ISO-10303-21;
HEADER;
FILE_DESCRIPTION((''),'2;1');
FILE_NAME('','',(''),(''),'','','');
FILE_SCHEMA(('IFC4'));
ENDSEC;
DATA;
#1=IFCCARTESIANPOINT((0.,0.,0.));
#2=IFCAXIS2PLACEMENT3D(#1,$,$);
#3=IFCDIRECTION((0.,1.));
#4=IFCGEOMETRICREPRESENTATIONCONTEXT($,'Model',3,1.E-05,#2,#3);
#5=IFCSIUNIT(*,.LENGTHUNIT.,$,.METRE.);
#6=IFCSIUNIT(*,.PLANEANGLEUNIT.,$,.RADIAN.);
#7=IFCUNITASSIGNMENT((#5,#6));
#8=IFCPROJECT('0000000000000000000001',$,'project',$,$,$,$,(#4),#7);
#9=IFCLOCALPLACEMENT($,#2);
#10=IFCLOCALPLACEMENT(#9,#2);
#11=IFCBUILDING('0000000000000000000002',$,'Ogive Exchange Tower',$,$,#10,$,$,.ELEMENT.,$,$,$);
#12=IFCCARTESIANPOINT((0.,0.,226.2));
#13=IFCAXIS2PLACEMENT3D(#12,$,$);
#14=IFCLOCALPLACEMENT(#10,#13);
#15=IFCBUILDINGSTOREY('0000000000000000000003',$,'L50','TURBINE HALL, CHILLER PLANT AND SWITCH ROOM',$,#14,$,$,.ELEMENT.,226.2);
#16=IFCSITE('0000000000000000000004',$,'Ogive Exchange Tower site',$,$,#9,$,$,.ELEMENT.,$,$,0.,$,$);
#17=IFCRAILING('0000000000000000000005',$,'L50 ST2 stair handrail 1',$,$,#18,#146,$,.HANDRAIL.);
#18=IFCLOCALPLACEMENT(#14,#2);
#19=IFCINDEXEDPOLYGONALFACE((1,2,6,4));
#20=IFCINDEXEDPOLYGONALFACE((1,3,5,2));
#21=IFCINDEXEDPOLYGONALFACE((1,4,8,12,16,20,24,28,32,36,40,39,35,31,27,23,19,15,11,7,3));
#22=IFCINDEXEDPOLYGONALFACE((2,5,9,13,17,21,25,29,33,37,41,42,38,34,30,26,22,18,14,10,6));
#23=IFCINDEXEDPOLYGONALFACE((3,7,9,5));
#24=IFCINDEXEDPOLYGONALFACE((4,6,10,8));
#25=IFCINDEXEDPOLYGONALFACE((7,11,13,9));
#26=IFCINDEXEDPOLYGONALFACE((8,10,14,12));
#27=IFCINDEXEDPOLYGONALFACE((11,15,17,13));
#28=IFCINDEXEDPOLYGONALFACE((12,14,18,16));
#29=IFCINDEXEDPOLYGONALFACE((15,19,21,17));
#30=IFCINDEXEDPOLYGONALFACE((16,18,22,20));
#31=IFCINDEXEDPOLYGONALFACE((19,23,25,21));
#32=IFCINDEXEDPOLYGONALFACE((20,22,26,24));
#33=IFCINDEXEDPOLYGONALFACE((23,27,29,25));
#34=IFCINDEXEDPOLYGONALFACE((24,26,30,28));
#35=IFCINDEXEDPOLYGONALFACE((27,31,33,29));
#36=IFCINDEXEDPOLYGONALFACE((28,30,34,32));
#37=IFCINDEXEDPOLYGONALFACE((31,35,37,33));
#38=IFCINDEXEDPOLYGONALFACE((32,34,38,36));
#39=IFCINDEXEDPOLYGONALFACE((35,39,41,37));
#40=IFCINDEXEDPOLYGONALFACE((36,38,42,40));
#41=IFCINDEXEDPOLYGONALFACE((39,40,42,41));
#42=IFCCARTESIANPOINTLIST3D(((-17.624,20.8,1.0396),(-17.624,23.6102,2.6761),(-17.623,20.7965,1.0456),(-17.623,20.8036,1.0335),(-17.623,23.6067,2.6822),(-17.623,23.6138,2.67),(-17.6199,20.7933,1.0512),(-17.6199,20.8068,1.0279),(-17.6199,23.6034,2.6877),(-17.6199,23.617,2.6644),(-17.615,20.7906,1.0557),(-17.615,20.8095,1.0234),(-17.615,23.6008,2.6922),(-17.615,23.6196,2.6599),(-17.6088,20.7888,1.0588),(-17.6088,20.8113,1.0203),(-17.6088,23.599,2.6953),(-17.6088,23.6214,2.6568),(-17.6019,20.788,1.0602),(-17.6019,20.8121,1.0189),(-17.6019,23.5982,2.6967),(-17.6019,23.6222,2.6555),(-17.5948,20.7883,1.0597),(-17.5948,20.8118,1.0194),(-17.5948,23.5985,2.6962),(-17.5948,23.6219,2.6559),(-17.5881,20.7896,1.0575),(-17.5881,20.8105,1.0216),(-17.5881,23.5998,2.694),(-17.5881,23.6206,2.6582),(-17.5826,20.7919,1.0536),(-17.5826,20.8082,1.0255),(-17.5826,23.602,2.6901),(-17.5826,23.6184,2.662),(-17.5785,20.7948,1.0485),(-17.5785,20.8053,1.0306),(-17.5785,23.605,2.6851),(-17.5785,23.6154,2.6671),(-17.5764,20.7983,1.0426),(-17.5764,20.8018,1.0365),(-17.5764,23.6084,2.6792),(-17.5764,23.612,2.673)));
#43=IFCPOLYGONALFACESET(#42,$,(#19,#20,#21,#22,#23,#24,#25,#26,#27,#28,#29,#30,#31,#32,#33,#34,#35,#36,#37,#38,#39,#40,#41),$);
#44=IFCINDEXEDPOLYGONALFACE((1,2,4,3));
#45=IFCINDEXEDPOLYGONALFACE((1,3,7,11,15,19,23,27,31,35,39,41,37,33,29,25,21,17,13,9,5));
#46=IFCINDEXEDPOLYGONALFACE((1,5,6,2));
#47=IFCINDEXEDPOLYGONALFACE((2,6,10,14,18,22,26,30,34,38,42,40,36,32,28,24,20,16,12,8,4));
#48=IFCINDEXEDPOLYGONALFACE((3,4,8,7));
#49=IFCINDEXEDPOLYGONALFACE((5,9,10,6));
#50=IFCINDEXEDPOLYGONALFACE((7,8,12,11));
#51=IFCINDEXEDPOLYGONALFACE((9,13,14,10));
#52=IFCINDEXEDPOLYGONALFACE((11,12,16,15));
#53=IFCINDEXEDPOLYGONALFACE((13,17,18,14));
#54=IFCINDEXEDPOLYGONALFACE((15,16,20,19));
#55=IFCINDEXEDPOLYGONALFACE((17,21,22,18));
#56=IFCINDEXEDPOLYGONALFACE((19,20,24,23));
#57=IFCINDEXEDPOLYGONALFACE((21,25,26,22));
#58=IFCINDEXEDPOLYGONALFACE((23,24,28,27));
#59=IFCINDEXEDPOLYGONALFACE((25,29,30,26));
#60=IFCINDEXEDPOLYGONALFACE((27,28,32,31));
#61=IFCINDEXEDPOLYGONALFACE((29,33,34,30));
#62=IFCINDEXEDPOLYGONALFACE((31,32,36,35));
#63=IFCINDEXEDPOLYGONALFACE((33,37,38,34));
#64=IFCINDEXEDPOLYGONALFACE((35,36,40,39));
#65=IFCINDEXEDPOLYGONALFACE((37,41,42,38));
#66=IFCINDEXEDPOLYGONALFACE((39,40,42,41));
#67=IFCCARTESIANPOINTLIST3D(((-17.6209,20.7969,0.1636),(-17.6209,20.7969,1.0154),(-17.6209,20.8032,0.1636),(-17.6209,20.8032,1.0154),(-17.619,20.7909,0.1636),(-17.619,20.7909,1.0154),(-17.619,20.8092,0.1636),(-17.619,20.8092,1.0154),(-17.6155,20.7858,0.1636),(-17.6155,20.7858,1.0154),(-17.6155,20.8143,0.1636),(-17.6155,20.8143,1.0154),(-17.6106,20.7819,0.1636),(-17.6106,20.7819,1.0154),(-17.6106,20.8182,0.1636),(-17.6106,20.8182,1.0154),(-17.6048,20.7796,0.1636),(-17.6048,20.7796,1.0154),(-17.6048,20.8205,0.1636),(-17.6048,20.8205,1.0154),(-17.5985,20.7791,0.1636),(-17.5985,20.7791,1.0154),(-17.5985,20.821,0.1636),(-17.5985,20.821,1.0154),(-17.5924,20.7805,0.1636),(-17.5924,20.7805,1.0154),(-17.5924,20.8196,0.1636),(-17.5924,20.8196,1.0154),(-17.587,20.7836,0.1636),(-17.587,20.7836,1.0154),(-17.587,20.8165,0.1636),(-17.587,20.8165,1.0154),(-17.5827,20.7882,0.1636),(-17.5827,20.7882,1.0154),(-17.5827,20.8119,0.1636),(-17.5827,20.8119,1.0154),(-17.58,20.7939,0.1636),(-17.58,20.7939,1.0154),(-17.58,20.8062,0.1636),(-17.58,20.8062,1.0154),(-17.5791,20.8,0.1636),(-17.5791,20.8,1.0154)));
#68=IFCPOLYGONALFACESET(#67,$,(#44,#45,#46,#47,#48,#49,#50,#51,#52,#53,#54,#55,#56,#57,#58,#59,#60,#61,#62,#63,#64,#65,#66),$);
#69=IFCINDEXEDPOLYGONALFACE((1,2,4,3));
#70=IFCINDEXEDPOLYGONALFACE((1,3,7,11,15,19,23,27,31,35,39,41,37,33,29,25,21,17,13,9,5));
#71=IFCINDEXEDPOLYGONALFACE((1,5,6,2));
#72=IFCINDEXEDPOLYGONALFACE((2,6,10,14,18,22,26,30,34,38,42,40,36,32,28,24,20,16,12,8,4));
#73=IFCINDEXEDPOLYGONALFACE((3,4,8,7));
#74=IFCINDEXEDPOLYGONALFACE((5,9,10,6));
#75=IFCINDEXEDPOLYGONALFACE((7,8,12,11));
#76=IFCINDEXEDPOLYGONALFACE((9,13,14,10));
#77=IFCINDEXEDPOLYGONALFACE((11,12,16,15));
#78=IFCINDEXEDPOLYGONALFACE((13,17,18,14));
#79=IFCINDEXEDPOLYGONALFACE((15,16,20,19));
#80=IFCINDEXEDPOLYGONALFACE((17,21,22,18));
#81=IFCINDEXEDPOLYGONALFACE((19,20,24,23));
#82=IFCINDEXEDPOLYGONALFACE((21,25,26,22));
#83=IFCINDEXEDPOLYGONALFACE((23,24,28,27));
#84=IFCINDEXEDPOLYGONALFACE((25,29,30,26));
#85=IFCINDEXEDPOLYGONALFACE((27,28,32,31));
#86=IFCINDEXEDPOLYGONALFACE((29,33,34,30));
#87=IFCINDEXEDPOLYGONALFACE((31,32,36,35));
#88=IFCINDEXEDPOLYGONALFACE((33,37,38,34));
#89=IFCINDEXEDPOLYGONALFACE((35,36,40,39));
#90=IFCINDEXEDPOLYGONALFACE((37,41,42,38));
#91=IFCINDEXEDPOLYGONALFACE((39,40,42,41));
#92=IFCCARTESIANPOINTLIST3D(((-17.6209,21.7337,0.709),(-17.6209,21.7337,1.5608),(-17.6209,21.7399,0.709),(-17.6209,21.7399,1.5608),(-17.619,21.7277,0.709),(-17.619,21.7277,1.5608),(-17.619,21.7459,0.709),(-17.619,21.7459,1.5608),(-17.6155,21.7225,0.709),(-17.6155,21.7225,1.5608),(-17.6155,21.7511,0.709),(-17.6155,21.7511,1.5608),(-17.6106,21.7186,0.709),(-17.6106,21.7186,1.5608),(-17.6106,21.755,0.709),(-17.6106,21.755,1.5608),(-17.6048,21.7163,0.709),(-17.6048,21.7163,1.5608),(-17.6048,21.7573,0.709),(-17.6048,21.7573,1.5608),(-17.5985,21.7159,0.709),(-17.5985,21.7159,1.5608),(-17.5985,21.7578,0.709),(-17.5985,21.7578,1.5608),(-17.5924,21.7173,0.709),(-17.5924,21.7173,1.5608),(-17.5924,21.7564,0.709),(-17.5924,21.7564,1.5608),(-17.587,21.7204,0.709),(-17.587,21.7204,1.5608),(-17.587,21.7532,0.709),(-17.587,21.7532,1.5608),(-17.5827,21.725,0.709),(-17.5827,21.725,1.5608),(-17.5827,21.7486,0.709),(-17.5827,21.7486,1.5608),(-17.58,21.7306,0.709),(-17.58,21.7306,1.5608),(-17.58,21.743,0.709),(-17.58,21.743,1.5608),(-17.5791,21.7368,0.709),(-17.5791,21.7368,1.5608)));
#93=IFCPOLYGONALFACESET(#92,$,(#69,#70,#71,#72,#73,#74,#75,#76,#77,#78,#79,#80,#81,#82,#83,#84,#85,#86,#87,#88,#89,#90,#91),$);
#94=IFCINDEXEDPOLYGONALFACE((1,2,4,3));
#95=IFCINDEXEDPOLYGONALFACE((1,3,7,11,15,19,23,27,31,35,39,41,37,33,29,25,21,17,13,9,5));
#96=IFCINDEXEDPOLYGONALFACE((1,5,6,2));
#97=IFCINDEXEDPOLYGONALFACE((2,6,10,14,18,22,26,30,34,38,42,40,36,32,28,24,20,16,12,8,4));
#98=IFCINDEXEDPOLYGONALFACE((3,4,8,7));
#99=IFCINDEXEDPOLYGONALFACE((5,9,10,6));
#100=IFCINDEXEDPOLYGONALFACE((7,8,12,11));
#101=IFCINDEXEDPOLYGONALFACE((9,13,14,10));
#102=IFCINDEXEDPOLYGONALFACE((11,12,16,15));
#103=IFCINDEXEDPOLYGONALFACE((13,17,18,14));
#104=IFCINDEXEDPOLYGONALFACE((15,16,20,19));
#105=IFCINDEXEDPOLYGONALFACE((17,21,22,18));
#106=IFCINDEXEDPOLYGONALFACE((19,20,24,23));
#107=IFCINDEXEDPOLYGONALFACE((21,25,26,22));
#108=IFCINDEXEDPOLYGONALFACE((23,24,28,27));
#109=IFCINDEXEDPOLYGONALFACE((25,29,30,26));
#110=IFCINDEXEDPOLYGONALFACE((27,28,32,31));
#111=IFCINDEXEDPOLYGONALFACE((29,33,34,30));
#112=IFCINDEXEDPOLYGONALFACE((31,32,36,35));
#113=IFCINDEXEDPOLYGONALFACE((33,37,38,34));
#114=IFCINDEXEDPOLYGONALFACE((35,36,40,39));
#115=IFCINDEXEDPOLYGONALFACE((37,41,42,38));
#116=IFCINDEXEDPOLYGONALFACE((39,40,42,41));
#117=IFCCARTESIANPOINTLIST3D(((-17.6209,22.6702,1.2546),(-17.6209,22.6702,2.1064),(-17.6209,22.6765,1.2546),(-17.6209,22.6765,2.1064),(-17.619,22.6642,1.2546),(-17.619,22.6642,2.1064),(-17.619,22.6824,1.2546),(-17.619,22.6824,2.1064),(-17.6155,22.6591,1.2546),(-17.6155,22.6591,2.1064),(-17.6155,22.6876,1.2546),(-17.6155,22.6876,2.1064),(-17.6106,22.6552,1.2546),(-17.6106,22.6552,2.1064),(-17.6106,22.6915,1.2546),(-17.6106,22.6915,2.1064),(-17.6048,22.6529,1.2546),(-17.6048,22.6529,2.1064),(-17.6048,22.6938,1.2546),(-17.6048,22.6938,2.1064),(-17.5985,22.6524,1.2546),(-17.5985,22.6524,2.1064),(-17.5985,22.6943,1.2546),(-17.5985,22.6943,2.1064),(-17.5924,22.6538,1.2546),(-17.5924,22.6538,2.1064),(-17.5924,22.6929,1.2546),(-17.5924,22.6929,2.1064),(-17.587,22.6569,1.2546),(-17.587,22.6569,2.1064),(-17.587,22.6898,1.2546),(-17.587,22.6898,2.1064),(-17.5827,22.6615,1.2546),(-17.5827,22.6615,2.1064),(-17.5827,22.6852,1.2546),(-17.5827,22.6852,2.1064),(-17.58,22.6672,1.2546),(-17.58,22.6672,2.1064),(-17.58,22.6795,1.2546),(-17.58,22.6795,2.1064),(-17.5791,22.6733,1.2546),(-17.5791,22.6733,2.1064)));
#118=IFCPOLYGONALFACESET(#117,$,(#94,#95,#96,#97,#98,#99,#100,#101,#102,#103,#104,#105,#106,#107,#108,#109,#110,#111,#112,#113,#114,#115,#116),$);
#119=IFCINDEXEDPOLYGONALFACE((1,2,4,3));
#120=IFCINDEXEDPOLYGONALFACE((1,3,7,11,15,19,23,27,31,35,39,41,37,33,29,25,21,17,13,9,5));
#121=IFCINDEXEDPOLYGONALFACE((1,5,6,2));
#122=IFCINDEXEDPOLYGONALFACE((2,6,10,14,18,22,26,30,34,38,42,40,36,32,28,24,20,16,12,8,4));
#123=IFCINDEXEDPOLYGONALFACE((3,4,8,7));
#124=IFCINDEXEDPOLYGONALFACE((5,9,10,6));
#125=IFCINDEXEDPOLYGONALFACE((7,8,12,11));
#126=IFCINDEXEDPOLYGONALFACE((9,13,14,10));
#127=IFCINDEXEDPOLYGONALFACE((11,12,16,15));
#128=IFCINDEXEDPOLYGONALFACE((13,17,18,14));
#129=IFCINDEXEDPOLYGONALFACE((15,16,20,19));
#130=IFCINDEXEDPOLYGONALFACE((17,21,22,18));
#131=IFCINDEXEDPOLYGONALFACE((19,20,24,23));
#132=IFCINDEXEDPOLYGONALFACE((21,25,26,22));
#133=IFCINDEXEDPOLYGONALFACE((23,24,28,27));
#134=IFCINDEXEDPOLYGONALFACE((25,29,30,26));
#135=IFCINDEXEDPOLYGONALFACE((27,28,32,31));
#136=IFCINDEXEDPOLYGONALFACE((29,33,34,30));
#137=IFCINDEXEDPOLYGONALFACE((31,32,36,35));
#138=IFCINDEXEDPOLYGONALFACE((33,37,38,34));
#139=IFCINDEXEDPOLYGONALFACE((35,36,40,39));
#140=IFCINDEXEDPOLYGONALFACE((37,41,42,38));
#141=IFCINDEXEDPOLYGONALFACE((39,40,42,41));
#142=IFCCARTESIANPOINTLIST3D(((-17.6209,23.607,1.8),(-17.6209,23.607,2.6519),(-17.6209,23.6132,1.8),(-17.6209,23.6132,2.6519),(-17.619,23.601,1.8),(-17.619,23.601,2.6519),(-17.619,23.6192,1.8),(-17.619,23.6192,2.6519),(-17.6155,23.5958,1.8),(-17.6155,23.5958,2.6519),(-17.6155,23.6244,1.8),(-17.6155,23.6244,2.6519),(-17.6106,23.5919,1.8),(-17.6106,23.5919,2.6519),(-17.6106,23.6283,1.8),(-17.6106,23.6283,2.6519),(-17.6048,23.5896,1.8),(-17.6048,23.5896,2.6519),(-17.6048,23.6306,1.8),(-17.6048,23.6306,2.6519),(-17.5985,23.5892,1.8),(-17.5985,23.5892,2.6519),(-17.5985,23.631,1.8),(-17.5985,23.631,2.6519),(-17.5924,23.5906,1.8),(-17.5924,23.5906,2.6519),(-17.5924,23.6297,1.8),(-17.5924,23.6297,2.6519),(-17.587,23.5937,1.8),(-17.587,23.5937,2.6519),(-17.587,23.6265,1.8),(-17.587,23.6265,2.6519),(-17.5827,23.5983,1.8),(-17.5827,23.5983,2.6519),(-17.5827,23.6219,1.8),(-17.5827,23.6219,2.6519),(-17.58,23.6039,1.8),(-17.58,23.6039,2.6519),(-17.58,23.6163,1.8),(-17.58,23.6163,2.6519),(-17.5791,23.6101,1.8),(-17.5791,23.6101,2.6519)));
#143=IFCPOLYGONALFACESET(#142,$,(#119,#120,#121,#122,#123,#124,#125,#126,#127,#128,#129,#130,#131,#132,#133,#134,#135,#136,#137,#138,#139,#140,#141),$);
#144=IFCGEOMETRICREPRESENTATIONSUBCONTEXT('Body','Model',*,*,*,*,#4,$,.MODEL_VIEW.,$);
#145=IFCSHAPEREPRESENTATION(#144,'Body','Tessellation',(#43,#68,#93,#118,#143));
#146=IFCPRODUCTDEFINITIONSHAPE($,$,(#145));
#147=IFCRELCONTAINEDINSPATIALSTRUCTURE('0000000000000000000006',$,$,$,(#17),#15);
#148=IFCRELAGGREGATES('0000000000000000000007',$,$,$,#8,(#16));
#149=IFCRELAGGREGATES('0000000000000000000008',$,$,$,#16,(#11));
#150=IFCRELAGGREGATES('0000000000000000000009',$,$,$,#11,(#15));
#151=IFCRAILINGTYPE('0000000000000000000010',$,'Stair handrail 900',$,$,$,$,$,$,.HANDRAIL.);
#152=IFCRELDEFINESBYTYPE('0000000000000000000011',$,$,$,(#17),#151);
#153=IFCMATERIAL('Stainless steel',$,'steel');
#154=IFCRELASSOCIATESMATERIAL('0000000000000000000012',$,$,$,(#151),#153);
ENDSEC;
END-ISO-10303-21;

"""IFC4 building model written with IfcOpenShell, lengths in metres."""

from ifc_helpers import new_model, si_unit, direction, frame, origin, origin_2d, place, context, subcontext, project, spatial, circle, extrude, material, type_object, element, save


model = new_model("IFC4")

# Units and contexts
model_context = context("Model", 3, precision=1e-05, world=origin(), true_north=direction((0.0, 1.0)))
body_context = subcontext(model_context, "Body", "Model", "MODEL_VIEW")
ifc_project = project(units=[si_unit("LENGTHUNIT", "METRE"), si_unit("PLANEANGLEUNIT", "RADIAN")], contexts=[model_context])

# Site, building, storey
site_placement = place(None, origin())
site = spatial("IfcSite", under=ifc_project, at=site_placement, Name="Ogive Exchange Tower site", CompositionType="ELEMENT", RefElevation=0.0)
building_placement = place(site_placement, origin())
building = spatial("IfcBuilding", under=site, at=building_placement, Name="Ogive Exchange Tower", CompositionType="ELEMENT")
storey_placement = place(building_placement, frame((0.0, 0.0, 226.2)))
storey = spatial("IfcBuildingStorey", under=building, at=storey_placement, Name="L50", Description="TURBINE HALL, CHILLER PLANT AND SWITCH ROOM", CompositionType="ELEMENT", Elevation=226.2)

# Railing
ifc_material_1 = material(Name="Stainless steel", Category="steel")
railing_type = type_object("IfcRailingType", Name="Stair handrail 900", PredefinedType="HANDRAIL", material=ifc_material_1)
for number, where, name in (
    (1, (-17.6001, 20.8, 0.1636), "L50 ST2 stair handrail 1"),
):
    element("IfcRailing", number, at=place(storey_placement, frame(where)), inside=storey, type_object=railing_type, Name=name, PredefinedType="HANDRAIL", context=body_context, shape_type="SweptSolid", body=[
        extrude(circle(Radius=0.0239, at=origin_2d()), frame((0.0, 0.0, 0.876), z_axis=(0.0, 0.864144, 0.503245), x_axis=(-1.0, 0.0, 0.0)), (0.0, 0.0, 1.0), 3.252),
        extrude(circle(Radius=0.021, at=origin_2d()), origin(), (0.0, 0.0, 1.0), 0.8518),
        extrude(circle(Radius=0.021, at=origin_2d()), frame((0.0, 0.9368, 0.5454)), (0.0, 0.0, 1.0), 0.8518),
        extrude(circle(Radius=0.021, at=origin_2d()), frame((0.0, 1.8733, 1.0911)), (0.0, 0.0, 1.0), 0.8518),
        extrude(circle(Radius=0.021, at=origin_2d()), frame((0.0, 2.8101, 1.6365)), (0.0, 0.0, 1.0), 0.8518),
    ])

save(model, "model.ifc")
